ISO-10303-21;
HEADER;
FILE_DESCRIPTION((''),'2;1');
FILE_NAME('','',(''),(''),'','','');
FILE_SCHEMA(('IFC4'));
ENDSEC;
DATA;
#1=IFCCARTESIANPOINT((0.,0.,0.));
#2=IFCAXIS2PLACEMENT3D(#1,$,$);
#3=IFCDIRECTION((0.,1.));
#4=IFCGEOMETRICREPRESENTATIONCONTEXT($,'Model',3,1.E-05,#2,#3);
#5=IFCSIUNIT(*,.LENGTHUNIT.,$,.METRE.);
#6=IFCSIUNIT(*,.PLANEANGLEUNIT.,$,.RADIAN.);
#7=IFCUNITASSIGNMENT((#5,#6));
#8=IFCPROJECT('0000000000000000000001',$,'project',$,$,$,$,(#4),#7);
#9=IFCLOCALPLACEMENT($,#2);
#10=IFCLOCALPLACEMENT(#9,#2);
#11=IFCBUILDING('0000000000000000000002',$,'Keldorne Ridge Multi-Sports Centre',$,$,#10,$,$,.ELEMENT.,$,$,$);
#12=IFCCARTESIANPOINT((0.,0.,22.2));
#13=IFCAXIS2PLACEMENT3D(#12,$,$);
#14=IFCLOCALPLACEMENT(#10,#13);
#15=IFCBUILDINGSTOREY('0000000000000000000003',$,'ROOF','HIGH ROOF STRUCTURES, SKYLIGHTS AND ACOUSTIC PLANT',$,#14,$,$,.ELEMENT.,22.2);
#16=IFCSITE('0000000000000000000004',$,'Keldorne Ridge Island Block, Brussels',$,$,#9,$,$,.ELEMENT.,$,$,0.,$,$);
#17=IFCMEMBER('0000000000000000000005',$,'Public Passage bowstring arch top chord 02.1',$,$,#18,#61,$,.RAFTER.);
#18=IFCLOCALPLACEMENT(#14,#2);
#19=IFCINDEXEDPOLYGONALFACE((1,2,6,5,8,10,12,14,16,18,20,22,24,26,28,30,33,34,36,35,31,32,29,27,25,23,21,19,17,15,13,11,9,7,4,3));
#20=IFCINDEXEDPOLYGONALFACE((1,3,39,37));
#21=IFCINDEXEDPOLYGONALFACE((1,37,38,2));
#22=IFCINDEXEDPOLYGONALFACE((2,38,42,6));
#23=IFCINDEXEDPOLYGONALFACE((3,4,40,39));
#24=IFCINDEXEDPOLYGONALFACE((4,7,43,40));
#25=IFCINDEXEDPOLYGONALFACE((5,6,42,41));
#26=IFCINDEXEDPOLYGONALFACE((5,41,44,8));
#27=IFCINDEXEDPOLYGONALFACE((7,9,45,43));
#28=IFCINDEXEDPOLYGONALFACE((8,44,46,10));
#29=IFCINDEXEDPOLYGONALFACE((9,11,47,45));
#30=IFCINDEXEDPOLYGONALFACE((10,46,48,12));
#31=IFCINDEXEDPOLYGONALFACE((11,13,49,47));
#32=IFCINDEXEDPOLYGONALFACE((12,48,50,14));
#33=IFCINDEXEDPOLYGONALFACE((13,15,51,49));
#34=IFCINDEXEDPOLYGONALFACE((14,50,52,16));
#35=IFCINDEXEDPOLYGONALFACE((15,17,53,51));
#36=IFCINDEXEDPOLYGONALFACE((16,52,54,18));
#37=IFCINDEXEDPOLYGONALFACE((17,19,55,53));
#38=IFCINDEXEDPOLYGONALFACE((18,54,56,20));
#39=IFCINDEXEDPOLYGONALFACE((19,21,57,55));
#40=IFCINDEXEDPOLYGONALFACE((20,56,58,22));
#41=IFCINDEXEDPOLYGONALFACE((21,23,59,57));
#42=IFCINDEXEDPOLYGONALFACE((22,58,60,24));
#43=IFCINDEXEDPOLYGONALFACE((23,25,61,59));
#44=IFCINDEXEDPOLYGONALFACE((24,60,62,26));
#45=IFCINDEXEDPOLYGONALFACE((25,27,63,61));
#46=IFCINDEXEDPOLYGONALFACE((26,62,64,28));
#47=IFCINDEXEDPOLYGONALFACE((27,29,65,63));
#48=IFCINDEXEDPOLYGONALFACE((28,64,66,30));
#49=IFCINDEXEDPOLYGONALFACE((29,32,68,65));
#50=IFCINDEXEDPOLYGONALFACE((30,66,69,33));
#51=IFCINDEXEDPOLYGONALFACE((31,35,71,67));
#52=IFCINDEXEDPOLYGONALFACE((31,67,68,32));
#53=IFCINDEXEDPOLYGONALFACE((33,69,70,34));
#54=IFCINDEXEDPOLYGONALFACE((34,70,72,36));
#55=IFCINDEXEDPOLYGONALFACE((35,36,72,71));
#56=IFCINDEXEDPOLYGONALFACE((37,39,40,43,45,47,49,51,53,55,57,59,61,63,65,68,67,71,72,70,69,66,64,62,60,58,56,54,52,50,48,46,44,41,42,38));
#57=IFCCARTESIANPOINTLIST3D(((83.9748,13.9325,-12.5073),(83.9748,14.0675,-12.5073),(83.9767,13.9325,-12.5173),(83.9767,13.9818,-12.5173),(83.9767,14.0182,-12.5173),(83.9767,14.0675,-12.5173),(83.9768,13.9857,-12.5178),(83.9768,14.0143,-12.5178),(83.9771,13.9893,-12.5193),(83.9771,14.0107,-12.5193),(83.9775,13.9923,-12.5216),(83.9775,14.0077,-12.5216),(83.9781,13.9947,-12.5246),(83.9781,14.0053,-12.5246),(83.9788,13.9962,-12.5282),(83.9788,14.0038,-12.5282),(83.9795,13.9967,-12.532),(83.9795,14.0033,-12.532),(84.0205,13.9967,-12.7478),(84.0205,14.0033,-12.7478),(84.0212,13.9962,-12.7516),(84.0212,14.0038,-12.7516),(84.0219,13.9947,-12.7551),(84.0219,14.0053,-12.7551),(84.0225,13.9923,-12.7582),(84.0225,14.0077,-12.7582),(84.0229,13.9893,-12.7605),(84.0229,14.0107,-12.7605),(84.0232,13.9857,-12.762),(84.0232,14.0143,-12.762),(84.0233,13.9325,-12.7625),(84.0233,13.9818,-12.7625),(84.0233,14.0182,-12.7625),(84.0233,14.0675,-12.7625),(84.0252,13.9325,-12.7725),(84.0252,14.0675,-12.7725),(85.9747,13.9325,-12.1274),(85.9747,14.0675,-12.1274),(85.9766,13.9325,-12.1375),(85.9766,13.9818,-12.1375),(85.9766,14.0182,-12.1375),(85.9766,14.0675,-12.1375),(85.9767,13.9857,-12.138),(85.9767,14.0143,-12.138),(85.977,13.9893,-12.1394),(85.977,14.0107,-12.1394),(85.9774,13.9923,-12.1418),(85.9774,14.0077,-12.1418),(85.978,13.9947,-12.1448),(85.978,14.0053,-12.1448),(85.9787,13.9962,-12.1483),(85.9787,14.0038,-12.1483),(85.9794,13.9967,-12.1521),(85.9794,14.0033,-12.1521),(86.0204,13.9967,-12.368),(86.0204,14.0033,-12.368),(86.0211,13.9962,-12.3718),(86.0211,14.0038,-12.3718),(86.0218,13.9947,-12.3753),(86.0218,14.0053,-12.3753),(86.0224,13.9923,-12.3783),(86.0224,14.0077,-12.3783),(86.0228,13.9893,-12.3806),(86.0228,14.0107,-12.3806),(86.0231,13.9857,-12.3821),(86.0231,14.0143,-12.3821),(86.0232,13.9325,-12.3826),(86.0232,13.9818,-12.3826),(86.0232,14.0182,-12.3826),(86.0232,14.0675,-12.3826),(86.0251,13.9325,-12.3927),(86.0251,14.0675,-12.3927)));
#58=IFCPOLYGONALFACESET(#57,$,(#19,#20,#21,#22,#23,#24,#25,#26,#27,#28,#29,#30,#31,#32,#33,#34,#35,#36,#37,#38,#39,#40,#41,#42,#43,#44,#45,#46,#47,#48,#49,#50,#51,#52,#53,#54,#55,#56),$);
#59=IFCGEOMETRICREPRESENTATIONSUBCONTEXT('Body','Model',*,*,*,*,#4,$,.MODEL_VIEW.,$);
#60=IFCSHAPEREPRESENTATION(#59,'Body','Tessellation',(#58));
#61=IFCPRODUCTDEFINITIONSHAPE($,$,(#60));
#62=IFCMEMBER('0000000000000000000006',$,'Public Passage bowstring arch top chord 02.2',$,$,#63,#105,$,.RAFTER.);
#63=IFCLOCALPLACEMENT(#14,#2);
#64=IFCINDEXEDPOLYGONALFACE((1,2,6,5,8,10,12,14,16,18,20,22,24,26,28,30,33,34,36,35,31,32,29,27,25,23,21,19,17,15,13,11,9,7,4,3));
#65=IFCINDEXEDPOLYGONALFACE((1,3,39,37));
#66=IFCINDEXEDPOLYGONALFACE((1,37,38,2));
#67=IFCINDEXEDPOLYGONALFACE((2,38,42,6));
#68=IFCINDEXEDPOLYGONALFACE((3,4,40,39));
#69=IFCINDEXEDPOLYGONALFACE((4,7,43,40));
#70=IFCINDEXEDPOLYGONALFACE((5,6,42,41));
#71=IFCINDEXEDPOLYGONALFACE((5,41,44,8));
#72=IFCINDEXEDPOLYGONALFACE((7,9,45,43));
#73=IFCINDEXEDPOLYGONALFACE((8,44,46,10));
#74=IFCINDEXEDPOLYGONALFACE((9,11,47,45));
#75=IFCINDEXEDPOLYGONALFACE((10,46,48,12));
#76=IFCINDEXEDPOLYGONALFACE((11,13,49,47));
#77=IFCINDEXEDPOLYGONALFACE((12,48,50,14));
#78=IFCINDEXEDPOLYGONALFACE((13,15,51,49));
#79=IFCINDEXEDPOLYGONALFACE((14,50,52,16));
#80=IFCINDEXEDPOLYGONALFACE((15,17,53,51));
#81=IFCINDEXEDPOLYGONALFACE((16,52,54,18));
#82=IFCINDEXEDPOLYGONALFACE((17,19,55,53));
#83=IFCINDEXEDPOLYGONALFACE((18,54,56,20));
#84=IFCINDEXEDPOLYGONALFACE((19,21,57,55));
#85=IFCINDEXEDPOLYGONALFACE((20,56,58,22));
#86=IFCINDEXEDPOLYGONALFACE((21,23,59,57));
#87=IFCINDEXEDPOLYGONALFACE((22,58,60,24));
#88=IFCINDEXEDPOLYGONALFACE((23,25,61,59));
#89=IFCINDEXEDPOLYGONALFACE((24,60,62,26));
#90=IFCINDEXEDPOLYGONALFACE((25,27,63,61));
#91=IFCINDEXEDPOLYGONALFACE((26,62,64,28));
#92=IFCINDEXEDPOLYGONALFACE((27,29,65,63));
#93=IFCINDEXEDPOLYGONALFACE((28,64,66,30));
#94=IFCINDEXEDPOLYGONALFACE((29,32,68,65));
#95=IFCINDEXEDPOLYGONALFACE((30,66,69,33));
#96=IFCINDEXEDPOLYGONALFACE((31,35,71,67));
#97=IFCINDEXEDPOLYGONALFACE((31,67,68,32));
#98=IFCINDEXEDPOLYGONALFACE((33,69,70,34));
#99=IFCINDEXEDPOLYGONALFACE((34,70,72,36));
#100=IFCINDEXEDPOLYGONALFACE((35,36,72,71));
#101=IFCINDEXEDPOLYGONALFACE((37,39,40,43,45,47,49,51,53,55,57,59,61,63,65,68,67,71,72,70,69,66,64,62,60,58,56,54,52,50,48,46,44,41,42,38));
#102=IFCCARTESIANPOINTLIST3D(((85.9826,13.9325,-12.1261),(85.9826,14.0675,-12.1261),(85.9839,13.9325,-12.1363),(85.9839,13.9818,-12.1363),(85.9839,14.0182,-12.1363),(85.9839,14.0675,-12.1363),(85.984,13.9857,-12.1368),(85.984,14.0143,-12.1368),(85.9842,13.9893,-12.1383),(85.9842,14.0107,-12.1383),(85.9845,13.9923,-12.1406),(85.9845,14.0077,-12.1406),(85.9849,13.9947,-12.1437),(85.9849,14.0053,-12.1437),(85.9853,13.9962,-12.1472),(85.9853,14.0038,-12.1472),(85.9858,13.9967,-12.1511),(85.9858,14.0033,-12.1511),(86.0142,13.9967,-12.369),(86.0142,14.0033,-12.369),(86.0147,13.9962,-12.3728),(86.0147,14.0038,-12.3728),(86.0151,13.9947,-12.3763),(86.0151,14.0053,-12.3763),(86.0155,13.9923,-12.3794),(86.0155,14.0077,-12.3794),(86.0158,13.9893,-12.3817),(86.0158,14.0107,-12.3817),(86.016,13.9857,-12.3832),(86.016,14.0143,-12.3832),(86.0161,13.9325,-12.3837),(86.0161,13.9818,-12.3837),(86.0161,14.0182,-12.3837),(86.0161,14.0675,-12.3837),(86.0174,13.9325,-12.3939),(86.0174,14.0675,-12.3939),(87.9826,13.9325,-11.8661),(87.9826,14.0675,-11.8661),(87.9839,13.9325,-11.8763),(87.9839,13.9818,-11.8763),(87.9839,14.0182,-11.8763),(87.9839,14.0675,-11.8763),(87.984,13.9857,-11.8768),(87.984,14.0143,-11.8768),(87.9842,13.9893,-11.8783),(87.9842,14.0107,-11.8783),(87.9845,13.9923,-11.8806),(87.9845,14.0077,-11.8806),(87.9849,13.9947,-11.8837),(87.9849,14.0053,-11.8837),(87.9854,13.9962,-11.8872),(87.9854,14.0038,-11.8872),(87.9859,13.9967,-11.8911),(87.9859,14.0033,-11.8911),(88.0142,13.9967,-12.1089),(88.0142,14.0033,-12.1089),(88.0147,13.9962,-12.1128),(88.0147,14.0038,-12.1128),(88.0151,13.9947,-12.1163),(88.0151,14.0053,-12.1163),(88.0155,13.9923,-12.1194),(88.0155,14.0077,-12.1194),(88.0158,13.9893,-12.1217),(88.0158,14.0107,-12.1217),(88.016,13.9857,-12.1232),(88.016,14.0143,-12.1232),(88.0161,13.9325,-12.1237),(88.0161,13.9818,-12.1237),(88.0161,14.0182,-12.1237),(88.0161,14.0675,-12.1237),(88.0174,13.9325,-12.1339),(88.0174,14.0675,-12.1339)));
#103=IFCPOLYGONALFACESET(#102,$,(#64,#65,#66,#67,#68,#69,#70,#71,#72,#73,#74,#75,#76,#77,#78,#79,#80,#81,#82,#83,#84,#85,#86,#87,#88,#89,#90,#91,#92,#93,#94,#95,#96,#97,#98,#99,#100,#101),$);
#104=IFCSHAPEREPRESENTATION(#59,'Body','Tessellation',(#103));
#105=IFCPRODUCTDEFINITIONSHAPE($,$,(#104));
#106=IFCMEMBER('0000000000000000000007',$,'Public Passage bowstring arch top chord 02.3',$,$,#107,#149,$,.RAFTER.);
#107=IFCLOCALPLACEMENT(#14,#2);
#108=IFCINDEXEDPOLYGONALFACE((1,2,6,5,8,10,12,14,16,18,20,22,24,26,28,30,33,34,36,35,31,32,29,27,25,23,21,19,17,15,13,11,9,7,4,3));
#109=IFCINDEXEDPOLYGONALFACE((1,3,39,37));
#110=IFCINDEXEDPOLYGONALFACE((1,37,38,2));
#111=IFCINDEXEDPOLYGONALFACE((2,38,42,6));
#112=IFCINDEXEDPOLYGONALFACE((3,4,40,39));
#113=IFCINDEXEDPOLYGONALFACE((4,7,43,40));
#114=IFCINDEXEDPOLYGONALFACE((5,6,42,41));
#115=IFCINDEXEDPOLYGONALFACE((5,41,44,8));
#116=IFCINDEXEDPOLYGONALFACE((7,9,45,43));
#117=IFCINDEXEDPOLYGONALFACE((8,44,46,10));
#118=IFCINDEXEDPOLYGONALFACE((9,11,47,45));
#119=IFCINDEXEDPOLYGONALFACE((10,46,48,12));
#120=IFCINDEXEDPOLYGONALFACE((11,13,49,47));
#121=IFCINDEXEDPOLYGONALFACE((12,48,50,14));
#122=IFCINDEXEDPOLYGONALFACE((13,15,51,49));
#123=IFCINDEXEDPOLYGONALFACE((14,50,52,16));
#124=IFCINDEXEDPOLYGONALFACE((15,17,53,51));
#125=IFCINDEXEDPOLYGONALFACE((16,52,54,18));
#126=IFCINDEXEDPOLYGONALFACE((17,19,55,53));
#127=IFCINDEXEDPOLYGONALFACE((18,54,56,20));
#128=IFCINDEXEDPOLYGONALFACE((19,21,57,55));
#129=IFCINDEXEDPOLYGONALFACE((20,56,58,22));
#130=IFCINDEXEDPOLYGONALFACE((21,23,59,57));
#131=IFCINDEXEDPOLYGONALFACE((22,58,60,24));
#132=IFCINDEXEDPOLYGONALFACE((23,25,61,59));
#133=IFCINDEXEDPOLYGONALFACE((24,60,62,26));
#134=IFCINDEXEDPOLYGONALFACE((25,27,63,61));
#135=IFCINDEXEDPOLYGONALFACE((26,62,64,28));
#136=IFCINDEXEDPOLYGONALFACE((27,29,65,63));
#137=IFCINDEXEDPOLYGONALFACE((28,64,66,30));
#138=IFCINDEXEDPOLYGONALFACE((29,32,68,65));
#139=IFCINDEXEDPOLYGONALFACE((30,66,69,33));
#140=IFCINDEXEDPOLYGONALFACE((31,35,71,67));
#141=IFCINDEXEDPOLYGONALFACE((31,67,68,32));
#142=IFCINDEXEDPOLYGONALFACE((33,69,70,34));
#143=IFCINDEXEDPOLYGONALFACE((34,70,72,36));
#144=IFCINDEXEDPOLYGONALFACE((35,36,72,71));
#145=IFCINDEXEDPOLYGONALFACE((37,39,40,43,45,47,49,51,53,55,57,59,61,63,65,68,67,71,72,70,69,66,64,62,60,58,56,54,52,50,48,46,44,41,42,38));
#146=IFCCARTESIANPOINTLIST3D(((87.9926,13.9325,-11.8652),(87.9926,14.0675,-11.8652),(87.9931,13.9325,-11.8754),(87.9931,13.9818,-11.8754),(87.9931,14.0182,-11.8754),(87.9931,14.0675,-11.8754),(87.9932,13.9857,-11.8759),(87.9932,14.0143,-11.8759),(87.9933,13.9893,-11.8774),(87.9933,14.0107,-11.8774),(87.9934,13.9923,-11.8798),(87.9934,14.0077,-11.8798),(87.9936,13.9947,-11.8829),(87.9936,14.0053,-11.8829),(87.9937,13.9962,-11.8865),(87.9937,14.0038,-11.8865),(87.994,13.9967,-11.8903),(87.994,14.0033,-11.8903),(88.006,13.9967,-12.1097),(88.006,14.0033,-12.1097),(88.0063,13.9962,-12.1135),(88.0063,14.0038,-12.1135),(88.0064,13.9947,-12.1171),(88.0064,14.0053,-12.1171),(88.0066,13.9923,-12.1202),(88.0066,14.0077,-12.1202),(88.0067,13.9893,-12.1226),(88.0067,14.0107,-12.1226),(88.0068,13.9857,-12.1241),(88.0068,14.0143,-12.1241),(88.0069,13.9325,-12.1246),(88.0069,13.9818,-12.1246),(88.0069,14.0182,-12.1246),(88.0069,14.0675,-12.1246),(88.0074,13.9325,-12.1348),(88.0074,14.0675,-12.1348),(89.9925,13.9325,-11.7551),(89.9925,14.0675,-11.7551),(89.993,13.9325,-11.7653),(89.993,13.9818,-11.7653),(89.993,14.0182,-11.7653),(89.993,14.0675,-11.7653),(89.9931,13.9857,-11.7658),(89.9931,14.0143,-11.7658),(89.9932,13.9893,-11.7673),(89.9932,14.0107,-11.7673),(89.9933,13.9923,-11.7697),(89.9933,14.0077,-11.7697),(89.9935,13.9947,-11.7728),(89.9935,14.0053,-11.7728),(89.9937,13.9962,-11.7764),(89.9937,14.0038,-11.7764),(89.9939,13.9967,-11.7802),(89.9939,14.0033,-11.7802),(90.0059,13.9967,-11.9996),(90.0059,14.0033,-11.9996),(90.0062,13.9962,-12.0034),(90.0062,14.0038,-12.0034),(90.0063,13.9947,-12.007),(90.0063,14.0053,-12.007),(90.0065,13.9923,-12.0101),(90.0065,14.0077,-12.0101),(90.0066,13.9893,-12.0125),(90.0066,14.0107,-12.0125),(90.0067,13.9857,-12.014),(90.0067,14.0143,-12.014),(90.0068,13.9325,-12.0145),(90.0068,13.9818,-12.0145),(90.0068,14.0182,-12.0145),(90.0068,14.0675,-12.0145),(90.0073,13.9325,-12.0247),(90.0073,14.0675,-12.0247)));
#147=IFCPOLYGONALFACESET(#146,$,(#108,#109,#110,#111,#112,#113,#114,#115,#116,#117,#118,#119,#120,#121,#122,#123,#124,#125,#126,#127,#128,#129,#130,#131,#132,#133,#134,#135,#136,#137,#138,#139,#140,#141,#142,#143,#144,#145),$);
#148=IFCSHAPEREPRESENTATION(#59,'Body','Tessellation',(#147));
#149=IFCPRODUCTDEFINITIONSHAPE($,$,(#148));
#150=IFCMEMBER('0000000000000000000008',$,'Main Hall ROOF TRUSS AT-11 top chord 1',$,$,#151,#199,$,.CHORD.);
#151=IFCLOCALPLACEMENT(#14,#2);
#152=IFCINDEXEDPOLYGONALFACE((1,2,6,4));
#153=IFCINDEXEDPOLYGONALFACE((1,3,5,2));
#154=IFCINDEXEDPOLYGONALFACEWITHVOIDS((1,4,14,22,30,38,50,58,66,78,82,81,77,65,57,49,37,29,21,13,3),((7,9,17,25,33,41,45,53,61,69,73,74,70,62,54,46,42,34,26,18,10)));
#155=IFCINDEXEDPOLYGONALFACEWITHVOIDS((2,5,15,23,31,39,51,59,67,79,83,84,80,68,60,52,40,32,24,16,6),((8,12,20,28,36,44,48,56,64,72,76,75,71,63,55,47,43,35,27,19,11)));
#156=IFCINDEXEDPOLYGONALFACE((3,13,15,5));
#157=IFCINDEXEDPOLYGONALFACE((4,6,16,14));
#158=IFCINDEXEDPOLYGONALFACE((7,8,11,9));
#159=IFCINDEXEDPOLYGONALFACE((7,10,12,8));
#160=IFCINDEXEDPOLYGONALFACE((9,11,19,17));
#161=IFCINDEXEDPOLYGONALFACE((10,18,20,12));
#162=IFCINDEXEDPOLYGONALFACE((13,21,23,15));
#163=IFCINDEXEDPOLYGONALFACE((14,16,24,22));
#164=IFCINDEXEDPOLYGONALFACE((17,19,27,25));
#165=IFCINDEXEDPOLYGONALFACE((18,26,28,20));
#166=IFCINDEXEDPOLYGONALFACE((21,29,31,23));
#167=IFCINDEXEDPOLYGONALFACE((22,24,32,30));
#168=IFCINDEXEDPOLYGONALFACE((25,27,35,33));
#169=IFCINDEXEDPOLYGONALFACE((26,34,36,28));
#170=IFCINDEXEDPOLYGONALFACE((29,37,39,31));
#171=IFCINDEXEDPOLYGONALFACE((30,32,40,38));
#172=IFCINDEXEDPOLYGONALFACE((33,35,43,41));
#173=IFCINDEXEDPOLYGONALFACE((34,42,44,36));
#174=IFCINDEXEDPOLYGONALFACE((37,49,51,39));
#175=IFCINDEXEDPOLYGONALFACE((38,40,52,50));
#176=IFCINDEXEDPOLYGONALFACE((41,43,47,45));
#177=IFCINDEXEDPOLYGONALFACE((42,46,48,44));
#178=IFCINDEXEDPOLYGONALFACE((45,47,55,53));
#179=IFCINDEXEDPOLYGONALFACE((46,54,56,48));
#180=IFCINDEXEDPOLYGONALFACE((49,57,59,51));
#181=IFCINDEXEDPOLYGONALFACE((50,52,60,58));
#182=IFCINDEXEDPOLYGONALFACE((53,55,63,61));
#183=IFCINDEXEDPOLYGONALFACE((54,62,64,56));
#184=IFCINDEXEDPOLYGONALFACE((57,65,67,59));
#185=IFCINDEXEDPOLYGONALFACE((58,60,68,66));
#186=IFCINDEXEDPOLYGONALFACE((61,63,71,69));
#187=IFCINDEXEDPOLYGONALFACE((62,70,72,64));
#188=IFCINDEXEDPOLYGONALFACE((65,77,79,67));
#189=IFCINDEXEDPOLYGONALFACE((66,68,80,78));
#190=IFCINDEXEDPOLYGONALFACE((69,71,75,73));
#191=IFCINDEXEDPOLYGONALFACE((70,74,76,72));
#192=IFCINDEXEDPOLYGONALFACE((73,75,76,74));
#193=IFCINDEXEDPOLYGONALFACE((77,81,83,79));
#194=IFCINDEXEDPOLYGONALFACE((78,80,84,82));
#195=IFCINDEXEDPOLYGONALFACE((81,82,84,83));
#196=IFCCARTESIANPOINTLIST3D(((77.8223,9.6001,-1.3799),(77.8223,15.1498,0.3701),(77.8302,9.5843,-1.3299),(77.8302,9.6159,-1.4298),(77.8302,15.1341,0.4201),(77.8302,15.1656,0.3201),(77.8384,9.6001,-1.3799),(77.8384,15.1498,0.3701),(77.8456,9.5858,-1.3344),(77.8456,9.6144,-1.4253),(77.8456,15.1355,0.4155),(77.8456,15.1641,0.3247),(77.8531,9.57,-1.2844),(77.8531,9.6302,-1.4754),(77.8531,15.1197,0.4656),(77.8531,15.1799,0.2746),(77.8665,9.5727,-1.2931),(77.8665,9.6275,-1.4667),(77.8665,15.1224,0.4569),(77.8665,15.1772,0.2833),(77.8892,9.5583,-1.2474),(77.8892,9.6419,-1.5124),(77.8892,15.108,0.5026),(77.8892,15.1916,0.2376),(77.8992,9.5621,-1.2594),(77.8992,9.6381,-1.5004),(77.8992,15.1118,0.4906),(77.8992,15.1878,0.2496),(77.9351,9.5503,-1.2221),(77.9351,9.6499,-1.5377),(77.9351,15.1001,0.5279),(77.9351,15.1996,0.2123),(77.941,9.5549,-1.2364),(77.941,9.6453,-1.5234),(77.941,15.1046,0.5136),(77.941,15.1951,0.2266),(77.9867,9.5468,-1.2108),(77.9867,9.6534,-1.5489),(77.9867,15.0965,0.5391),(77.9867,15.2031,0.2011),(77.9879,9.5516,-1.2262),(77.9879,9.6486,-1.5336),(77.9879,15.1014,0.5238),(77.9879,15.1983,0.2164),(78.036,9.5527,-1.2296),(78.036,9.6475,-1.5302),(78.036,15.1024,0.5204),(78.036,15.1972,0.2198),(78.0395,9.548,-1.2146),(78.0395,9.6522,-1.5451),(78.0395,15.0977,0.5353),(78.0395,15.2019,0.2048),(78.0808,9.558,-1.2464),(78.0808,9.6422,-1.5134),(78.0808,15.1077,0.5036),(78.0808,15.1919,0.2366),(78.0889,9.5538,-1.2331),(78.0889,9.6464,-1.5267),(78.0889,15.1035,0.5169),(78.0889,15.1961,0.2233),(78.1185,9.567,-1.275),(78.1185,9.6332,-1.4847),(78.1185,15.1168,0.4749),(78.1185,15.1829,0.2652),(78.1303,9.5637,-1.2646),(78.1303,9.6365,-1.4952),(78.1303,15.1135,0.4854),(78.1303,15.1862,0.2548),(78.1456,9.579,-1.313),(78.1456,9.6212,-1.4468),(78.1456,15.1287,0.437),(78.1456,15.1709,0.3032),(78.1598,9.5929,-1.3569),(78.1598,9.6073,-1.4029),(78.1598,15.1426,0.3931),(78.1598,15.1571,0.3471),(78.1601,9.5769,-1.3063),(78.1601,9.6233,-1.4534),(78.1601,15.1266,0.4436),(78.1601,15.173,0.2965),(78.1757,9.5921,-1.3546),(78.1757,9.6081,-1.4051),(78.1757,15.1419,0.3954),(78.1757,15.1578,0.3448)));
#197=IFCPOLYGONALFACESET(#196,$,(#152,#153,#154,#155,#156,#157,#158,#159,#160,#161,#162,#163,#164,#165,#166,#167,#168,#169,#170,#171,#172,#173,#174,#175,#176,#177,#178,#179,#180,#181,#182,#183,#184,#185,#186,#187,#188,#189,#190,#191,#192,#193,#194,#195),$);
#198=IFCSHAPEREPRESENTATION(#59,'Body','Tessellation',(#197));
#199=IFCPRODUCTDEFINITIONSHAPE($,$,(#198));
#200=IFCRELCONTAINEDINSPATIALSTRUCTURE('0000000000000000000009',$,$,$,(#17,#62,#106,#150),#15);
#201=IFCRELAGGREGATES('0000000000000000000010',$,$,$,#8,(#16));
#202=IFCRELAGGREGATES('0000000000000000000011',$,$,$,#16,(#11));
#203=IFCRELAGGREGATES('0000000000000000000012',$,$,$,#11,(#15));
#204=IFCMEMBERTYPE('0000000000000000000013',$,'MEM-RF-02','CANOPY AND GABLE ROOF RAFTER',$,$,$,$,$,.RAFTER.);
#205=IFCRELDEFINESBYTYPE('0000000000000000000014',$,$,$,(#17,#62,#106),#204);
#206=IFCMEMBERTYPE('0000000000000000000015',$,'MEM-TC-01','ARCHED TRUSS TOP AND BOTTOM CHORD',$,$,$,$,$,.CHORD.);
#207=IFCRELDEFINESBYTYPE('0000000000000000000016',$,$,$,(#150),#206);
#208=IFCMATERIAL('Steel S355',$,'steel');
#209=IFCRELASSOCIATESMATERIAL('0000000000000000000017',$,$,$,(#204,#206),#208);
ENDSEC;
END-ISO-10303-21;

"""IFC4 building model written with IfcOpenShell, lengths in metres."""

from ifc_helpers import new_model, si_unit, direction, frame, origin, origin_2d, place, context, subcontext, project, spatial, hollow_circle, i_section, extrude, material, material_profile, profile_set, type_object, element, save


model = new_model("IFC4")

# Units and contexts
model_context = context("Model", 3, precision=1e-05, world=origin(), true_north=direction((0.0, 1.0)))
body_context = subcontext(model_context, "Body", "Model", "MODEL_VIEW")
ifc_project = project(units=[si_unit("LENGTHUNIT", "METRE"), si_unit("PLANEANGLEUNIT", "RADIAN")], contexts=[model_context])

# Site, building, storey
site_placement = place(None, origin())
site = spatial("IfcSite", under=ifc_project, at=site_placement, Name="Keldorne Ridge Island Block, Brussels", CompositionType="ELEMENT", RefElevation=0.0)
building_placement = place(site_placement, origin())
building = spatial("IfcBuilding", under=site, at=building_placement, Name="Keldorne Ridge Multi-Sports Centre", CompositionType="ELEMENT")
storey_placement = place(building_placement, frame((0.0, 0.0, 22.2)))
storey = spatial("IfcBuildingStorey", under=building, at=storey_placement, Name="ROOF", Description="HIGH ROOF STRUCTURES, SKYLIGHTS AND ACOUSTIC PLANT", CompositionType="ELEMENT", Elevation=22.2)

# Members
ifc_material = material(Name="Steel S355", Category="steel")
ifc_material_profile_1 = material_profile(ifc_material, i_section(OverallWidth=0.135, OverallDepth=0.27, WebThickness=0.0066, FlangeThickness=0.0103, FilletRadius=0.0149, at=origin_2d()), Name="IPE 270")
ifc_profile_set_1 = profile_set([ifc_material_profile_1], Name="Steel S355")
member_type_1 = type_object("IfcMemberType", Name="MEM-RF-02", Description="CANOPY AND GABLE ROOF RAFTER", PredefinedType="RAFTER", material=ifc_profile_set_1)
member_1_placement = place(storey_placement, frame((84.0, 14.0, -12.6399), z_axis=(0.982435, 0.0, 0.186605), x_axis=(0.0, 1.0, 0.0)))
element("IfcMember", 1, at=member_1_placement, inside=storey, type_object=member_type_1, Name="Public Passage bowstring arch top chord 02.1", PredefinedType="RAFTER", context=body_context, shape_type="SweptSolid", body=[
    extrude(i_section(OverallWidth=0.135, OverallDepth=0.27, WebThickness=0.0066, FlangeThickness=0.0103, FilletRadius=0.0149, at=origin_2d()), origin(), (0.0, 0.0, 1.0), 2.0356),
])
member_2_placement = place(storey_placement, frame((86.0, 14.0, -12.26), z_axis=(0.991655, 0.0, 0.12892), x_axis=(0.0, 1.0, 0.0)))
element("IfcMember", 2, at=member_2_placement, inside=storey, type_object=member_type_1, Name="Public Passage bowstring arch top chord 02.2", PredefinedType="RAFTER", context=body_context, shape_type="SweptSolid", body=[
    extrude(i_section(OverallWidth=0.135, OverallDepth=0.27, WebThickness=0.0066, FlangeThickness=0.0103, FilletRadius=0.0149, at=origin_2d()), origin(), (0.0, 0.0, 1.0), 2.0168),
])
member_3_placement = place(storey_placement, frame((88.0, 14.0, -12.0), z_axis=(0.998488, 0.0, 0.05497), x_axis=(0.0, 1.0, 0.0)))
element("IfcMember", 3, at=member_3_placement, inside=storey, type_object=member_type_1, Name="Public Passage bowstring arch top chord 02.3", PredefinedType="RAFTER", context=body_context, shape_type="SweptSolid", body=[
    extrude(i_section(OverallWidth=0.135, OverallDepth=0.27, WebThickness=0.0066, FlangeThickness=0.0103, FilletRadius=0.0149, at=origin_2d()), origin(), (0.0, 0.0, 1.0), 2.0029),
])
ifc_material_profile_2 = material_profile(ifc_material, hollow_circle(Radius=0.1777, WallThickness=0.0161, at=origin_2d()), Name="CHS 355.6x16")
ifc_profile_set_2 = profile_set([ifc_material_profile_2], Name="Steel S355")
member_type_2 = type_object("IfcMemberType", Name="MEM-TC-01", Description="ARCHED TRUSS TOP AND BOTTOM CHORD", PredefinedType="CHORD", material=ifc_profile_set_2)
member_4_placement = place(storey_placement, frame((78.0, 9.6001, -1.3799), z_axis=(0.0, 0.953709, 0.30073), x_axis=(-1.0, 0.0, 0.0)))
element("IfcMember", 4, at=member_4_placement, inside=storey, type_object=member_type_2, Name="Main Hall ROOF TRUSS AT-11 top chord 1", PredefinedType="CHORD", context=body_context, shape_type="SweptSolid", body=[
    extrude(hollow_circle(Radius=0.1777, WallThickness=0.0161, at=origin_2d()), origin(), (0.0, 0.0, 1.0), 5.8191),
])

save(model, "model.ifc")
